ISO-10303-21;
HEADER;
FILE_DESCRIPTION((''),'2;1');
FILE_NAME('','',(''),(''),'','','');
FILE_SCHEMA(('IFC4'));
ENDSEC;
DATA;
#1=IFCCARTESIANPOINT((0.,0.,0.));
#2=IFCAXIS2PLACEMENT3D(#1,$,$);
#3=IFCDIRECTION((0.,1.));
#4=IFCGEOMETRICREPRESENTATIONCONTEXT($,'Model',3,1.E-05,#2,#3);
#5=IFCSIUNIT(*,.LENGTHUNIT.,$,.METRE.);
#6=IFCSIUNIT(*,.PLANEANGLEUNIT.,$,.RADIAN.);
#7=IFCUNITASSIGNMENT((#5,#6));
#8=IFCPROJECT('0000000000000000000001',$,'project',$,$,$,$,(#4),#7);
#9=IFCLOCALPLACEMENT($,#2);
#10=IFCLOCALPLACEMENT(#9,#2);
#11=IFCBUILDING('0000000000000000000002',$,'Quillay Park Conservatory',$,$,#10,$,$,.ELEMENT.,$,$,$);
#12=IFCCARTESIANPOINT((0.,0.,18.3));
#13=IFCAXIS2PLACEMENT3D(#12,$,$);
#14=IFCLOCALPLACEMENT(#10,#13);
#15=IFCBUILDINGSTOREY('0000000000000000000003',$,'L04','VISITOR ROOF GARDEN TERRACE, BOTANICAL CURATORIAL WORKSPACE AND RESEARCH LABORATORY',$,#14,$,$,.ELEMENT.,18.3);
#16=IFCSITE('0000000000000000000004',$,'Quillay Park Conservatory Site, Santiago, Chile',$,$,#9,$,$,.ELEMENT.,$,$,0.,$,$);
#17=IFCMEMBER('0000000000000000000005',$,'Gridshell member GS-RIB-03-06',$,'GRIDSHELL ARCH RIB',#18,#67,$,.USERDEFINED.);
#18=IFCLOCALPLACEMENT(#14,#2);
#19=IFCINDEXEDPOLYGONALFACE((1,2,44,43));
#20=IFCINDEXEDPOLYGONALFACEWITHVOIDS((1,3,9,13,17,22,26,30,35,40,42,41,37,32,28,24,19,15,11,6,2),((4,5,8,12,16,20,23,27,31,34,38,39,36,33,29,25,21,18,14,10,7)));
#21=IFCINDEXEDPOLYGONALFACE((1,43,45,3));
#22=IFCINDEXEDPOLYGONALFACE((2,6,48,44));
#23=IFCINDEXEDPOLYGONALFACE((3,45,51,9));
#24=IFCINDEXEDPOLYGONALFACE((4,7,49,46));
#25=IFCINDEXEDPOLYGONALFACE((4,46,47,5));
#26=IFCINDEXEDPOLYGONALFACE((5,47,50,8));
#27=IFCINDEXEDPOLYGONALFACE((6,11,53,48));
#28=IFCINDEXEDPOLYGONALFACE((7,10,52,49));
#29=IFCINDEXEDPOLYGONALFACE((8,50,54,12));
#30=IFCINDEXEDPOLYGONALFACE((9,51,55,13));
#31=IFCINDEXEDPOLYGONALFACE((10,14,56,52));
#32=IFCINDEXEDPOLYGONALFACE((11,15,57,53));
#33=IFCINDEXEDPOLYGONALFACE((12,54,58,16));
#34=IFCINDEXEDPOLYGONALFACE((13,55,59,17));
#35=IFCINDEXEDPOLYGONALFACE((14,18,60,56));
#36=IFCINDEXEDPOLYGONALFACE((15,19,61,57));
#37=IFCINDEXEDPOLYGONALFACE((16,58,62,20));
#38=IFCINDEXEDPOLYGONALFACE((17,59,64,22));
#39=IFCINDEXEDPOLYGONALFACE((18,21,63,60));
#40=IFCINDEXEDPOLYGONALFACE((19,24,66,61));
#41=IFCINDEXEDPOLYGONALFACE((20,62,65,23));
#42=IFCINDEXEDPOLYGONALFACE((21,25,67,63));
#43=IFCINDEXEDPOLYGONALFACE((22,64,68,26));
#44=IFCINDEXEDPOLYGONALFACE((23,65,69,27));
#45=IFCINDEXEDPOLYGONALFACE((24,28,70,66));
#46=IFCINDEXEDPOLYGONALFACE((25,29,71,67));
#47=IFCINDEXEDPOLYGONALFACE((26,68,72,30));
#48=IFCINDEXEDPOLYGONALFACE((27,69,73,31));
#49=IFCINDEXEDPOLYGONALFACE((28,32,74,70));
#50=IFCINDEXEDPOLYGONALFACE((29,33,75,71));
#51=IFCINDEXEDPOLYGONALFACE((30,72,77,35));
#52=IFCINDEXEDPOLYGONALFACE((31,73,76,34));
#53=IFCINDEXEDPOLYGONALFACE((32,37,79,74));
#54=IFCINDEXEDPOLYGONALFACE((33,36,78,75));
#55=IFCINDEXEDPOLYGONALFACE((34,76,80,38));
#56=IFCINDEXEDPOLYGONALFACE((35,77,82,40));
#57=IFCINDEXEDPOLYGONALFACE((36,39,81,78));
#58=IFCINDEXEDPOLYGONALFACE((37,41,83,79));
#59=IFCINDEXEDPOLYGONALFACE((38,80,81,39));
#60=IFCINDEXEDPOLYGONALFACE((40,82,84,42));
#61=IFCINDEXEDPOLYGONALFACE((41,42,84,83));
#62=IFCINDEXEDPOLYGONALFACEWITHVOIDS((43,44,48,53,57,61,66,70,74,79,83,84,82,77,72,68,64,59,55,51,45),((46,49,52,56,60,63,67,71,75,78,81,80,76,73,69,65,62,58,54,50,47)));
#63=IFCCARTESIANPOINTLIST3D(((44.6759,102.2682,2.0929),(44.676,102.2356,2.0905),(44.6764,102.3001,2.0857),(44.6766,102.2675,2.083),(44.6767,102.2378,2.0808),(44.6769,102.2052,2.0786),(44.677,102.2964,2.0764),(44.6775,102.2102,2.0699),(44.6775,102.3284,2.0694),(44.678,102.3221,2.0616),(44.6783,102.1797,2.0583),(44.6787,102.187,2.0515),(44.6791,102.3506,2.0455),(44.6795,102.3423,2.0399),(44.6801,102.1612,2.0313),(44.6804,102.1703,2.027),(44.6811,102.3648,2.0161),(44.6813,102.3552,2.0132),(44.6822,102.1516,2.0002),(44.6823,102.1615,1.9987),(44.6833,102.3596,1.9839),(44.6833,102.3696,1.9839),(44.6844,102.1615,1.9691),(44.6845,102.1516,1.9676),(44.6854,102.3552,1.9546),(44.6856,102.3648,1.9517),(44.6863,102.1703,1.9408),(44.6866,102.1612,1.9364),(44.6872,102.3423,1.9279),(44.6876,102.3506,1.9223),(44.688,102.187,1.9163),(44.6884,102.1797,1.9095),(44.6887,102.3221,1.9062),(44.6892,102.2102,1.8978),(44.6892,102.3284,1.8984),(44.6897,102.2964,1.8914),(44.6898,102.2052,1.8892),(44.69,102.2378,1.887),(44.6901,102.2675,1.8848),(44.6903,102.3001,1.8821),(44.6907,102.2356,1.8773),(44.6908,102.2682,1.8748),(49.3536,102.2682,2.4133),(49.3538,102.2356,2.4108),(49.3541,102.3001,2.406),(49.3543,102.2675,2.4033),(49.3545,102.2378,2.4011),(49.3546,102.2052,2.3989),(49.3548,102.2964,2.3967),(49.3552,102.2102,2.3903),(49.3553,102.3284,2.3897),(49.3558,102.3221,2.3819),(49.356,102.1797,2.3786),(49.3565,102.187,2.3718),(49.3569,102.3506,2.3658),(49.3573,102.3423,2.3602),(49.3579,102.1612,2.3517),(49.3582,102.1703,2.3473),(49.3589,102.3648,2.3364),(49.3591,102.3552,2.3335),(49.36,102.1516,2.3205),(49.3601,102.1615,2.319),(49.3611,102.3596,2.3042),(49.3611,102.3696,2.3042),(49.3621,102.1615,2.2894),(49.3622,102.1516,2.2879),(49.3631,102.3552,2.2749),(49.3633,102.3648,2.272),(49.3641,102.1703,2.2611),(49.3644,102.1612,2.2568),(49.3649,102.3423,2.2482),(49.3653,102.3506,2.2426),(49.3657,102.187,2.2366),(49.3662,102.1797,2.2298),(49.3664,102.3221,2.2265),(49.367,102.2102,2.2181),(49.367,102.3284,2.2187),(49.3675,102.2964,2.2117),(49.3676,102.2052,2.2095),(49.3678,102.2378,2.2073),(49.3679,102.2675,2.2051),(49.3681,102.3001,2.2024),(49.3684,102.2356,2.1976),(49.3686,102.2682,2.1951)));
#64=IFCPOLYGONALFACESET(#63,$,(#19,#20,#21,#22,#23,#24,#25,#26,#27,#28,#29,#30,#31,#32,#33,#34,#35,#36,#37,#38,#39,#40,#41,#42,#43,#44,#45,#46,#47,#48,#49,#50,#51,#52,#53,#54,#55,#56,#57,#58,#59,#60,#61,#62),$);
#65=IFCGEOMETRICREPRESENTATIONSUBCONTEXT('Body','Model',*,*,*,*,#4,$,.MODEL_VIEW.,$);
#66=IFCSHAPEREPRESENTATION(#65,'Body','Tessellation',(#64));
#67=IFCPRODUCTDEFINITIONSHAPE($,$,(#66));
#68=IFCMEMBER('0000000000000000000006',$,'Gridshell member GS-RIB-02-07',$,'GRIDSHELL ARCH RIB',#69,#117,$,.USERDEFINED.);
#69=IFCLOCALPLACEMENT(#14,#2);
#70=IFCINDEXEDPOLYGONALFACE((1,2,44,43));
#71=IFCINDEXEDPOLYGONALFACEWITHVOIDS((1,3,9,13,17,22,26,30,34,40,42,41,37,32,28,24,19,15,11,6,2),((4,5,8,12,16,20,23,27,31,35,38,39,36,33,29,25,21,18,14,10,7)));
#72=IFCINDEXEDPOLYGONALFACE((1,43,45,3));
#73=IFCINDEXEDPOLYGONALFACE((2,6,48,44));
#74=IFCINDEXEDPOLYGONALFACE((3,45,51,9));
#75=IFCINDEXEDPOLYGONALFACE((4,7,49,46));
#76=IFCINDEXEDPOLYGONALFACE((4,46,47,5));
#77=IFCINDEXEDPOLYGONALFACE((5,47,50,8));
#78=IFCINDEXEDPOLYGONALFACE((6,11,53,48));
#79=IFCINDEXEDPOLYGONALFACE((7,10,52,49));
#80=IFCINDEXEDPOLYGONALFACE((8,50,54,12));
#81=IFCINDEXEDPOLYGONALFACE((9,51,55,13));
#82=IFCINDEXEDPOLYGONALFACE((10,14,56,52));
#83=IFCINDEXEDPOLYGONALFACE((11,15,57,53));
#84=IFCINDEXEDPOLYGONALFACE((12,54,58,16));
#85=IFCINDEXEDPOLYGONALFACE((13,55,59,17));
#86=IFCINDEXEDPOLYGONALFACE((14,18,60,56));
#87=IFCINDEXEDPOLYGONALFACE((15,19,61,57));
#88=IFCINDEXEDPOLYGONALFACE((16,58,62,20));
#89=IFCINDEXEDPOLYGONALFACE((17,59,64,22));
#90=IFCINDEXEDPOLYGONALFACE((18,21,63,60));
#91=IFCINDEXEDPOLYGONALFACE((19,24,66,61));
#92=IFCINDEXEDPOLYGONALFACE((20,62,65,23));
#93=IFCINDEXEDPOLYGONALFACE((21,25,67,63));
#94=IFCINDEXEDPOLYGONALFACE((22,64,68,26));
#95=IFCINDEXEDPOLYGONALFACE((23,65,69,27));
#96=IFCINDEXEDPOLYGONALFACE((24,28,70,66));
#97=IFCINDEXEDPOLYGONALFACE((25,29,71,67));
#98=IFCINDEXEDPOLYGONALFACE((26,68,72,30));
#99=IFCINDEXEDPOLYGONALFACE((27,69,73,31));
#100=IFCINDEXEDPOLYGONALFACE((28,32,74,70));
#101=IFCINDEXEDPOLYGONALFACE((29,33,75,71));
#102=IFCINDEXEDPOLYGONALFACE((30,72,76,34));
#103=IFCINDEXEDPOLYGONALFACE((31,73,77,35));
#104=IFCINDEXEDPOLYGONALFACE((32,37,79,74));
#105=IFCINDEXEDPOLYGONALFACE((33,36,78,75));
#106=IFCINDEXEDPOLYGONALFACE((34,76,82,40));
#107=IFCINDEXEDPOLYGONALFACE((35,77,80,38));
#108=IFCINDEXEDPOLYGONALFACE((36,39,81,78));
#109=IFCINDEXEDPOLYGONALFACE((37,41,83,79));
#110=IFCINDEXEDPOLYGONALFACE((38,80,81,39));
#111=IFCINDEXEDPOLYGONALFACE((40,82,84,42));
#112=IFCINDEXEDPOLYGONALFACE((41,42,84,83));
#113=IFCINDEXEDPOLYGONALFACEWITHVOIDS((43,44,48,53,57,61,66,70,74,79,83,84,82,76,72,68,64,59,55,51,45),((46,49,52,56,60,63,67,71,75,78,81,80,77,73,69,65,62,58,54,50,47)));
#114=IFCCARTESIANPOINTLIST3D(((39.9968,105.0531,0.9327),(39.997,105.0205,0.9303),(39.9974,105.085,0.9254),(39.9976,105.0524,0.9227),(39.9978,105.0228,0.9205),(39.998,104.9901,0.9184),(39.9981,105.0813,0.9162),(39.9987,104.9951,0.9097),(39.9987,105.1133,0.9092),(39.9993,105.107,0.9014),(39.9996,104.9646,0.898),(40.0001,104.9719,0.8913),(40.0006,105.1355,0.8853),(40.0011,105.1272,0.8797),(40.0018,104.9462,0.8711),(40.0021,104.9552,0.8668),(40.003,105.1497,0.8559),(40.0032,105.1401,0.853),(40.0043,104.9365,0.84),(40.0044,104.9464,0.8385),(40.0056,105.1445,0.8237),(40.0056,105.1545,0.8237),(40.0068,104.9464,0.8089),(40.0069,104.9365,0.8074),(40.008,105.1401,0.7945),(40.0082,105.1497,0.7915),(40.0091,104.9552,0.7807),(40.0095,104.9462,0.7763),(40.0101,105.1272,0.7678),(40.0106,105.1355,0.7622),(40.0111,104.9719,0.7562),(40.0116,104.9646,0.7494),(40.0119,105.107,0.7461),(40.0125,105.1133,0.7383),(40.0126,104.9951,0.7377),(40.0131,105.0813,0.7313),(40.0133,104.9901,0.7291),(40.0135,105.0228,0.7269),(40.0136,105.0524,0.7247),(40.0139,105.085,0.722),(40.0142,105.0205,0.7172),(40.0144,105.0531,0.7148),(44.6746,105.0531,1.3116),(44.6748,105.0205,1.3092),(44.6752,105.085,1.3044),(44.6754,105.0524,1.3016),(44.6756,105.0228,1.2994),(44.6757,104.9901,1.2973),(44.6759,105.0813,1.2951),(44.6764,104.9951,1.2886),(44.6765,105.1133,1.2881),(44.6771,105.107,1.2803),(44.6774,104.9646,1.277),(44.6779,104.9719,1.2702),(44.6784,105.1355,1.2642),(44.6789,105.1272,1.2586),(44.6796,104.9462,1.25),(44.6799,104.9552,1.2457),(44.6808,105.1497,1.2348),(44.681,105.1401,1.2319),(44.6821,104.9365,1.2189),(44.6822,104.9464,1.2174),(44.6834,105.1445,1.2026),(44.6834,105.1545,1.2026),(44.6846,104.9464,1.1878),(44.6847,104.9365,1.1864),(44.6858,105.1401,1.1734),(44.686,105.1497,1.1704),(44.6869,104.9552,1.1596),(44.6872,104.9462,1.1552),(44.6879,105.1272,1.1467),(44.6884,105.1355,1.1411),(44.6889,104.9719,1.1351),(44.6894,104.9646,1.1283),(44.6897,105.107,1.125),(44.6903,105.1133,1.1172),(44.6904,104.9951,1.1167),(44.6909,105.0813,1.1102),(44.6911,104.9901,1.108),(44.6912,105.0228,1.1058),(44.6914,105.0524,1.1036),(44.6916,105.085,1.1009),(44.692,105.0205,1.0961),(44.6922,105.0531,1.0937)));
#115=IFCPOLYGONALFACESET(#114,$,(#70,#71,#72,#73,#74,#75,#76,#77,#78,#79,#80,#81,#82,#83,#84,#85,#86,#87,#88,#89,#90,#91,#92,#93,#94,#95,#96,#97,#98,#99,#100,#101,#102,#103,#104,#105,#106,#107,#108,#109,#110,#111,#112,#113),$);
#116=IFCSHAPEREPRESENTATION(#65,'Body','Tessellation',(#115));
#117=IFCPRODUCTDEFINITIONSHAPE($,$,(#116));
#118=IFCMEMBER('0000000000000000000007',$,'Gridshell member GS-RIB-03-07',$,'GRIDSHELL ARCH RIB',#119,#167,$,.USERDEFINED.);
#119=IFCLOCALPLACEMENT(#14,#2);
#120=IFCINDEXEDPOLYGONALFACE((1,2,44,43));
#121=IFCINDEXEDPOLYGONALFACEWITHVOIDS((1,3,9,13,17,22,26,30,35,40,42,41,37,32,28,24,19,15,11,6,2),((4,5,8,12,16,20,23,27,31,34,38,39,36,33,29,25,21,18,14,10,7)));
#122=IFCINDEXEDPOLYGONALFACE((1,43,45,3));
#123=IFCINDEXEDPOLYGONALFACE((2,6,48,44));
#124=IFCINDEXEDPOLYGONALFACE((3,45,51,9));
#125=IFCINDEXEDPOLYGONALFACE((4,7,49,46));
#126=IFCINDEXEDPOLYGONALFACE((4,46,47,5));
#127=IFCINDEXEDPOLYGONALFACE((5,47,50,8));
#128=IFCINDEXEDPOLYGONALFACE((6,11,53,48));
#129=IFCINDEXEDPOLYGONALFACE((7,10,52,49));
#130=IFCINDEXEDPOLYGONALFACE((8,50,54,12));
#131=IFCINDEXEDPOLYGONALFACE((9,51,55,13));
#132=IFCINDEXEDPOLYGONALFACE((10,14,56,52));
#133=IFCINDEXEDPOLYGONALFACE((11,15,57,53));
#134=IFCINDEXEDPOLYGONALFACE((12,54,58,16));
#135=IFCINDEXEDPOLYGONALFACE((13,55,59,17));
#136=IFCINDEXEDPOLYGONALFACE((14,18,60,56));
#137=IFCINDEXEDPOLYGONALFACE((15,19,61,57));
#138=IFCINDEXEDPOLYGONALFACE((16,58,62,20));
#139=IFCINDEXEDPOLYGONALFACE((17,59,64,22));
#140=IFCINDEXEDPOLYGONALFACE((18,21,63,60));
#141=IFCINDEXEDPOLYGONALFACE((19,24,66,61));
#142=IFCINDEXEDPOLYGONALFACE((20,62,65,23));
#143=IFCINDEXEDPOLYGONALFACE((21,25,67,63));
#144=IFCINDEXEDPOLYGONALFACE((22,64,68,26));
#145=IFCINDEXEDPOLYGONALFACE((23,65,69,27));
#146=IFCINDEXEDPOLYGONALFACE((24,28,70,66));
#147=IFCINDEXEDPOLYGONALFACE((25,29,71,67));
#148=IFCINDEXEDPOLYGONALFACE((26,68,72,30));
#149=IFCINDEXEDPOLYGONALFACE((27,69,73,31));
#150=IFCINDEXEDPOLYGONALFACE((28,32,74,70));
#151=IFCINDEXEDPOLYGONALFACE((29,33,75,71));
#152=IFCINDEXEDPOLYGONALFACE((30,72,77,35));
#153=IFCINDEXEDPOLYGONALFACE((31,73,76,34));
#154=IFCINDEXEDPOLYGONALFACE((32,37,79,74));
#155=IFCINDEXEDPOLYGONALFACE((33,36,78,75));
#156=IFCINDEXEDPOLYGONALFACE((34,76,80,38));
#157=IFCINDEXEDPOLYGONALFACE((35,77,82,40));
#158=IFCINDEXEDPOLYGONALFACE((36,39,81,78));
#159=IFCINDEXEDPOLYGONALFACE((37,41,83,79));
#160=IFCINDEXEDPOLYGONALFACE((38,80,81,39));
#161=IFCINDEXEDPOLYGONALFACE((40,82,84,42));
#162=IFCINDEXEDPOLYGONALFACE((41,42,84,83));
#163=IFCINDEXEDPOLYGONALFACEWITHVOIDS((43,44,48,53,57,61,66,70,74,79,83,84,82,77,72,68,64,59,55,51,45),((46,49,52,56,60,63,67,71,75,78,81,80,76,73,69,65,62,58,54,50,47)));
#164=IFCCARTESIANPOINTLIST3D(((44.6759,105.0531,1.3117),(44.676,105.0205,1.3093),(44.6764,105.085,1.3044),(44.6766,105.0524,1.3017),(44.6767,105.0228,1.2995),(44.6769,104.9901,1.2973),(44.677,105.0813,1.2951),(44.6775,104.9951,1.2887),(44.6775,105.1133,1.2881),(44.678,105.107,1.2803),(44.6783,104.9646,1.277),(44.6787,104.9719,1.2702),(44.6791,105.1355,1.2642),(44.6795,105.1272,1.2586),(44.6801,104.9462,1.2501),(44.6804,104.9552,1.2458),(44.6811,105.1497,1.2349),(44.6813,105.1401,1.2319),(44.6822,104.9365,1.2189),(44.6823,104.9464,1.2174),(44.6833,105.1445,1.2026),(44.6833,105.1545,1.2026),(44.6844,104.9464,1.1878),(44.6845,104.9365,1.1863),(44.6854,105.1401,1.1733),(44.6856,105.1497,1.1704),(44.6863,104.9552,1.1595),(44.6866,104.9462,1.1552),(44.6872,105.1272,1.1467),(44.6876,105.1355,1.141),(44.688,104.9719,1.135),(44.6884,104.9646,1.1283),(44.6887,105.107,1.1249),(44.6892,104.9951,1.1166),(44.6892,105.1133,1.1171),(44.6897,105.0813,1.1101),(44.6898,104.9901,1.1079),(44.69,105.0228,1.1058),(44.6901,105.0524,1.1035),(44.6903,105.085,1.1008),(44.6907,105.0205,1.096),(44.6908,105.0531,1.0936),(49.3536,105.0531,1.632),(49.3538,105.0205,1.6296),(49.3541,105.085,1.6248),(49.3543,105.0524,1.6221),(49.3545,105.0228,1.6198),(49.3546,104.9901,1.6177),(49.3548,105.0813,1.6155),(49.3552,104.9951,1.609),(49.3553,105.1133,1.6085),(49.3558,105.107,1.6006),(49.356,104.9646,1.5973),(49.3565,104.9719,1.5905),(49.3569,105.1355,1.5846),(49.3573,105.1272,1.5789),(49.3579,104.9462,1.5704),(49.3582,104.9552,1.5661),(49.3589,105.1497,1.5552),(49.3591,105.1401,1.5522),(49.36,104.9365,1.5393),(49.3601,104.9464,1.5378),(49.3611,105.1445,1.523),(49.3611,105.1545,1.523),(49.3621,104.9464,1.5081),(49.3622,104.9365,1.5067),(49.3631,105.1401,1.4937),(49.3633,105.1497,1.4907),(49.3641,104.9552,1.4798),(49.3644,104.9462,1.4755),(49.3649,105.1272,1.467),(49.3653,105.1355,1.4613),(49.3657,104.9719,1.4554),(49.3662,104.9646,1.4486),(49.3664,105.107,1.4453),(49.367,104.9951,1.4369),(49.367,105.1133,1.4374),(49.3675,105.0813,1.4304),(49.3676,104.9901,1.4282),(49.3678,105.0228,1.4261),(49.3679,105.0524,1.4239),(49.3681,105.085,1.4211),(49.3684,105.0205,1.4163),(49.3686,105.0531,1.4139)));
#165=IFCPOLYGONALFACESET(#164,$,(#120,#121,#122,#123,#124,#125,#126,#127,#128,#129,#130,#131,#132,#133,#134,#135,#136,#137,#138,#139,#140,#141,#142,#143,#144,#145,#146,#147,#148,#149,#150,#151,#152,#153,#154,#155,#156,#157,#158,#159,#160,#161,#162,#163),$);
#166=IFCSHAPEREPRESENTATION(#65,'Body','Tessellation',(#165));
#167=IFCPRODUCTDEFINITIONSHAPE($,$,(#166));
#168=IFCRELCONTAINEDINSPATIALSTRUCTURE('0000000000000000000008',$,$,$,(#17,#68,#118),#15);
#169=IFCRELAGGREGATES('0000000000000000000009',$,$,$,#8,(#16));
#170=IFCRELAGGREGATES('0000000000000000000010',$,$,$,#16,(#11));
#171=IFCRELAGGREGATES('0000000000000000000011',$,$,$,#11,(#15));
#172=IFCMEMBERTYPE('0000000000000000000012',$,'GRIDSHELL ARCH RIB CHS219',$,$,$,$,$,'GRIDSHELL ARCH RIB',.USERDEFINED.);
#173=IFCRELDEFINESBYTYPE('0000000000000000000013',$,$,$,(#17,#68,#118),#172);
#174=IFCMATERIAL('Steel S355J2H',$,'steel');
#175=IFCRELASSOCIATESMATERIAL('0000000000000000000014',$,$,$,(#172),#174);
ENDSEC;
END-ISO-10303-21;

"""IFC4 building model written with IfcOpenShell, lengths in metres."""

from ifc_helpers import new_model, si_unit, direction, frame, origin, origin_2d, place, context, subcontext, project, spatial, hollow_circle, extrude, material, material_profile, profile_set, type_object, element, save


model = new_model("IFC4")

# Units and contexts
model_context = context("Model", 3, precision=1e-05, world=origin(), true_north=direction((0.0, 1.0)))
body_context = subcontext(model_context, "Body", "Model", "MODEL_VIEW")
ifc_project = project(units=[si_unit("LENGTHUNIT", "METRE"), si_unit("PLANEANGLEUNIT", "RADIAN")], contexts=[model_context])

# Site, building, storey
site_placement = place(None, origin())
site = spatial("IfcSite", under=ifc_project, at=site_placement, Name="Quillay Park Conservatory Site, Santiago, Chile", CompositionType="ELEMENT", RefElevation=0.0)
building_placement = place(site_placement, origin())
building = spatial("IfcBuilding", under=site, at=building_placement, Name="Quillay Park Conservatory", CompositionType="ELEMENT")
storey_placement = place(building_placement, frame((0.0, 0.0, 18.3)))
storey = spatial("IfcBuildingStorey", under=building, at=storey_placement, Name="L04", Description="VISITOR ROOF GARDEN TERRACE, BOTANICAL CURATORIAL WORKSPACE AND RESEARCH LABORATORY", CompositionType="ELEMENT", Elevation=18.3)

# Members
ifc_material_1 = material(Name="Steel S355J2H", Category="steel")
ifc_material_profile_1 = material_profile(ifc_material_1, hollow_circle(Radius=0.1096, WallThickness=0.01, at=origin_2d()), Name="CHS219.1x10")
ifc_profile_set_1 = profile_set([ifc_material_profile_1], Name="Steel S355J2H")
member_type = type_object("IfcMemberType", Name="GRIDSHELL ARCH RIB CHS219", ElementType="GRIDSHELL ARCH RIB", PredefinedType="USERDEFINED", material=ifc_profile_set_1)
member_1_placement = place(storey_placement, frame((44.6833, 102.26, 1.9839), z_axis=(0.997664, 0.0, 0.068316), x_axis=(0.0, 1.0, 0.0)))
element("IfcMember", 1, at=member_1_placement, inside=storey, type_object=member_type, Name="Gridshell member GS-RIB-03-06", ObjectType="GRIDSHELL ARCH RIB", PredefinedType="USERDEFINED", context=body_context, shape_type="SweptSolid", body=[
    extrude(hollow_circle(Radius=0.1096, WallThickness=0.01, at=origin_2d()), origin(), (0.0, 0.0, 1.0), 4.6887),
])
member_2_placement = place(storey_placement, frame((40.0056, 105.0449, 0.8237), z_axis=(0.996735, 0.0, 0.080738), x_axis=(0.0, 1.0, 0.0)))
element("IfcMember", 2, at=member_2_placement, inside=storey, type_object=member_type, Name="Gridshell member GS-RIB-02-07", ObjectType="GRIDSHELL ARCH RIB", PredefinedType="USERDEFINED", context=body_context, shape_type="SweptSolid", body=[
    extrude(hollow_circle(Radius=0.1096, WallThickness=0.01, at=origin_2d()), origin(), (0.0, 0.0, 1.0), 4.6931),
])
for number, where, z_axis, x_axis, name in (
    (3, (44.6833, 105.0449, 1.2026), (0.997664, 0.0, 0.068316), (0.0, 1.0, 0.0), "Gridshell member GS-RIB-03-07"),
):
    element("IfcMember", number, at=place(storey_placement, frame(where, z_axis=z_axis, x_axis=x_axis)), inside=storey, type_object=member_type, Name=name, ObjectType="GRIDSHELL ARCH RIB", PredefinedType="USERDEFINED", context=body_context, shape_type="SweptSolid", body=[
        extrude(hollow_circle(Radius=0.1096, WallThickness=0.01, at=origin_2d()), origin(), (0.0, 0.0, 1.0), 4.6887),
    ])

save(model, "model.ifc")
